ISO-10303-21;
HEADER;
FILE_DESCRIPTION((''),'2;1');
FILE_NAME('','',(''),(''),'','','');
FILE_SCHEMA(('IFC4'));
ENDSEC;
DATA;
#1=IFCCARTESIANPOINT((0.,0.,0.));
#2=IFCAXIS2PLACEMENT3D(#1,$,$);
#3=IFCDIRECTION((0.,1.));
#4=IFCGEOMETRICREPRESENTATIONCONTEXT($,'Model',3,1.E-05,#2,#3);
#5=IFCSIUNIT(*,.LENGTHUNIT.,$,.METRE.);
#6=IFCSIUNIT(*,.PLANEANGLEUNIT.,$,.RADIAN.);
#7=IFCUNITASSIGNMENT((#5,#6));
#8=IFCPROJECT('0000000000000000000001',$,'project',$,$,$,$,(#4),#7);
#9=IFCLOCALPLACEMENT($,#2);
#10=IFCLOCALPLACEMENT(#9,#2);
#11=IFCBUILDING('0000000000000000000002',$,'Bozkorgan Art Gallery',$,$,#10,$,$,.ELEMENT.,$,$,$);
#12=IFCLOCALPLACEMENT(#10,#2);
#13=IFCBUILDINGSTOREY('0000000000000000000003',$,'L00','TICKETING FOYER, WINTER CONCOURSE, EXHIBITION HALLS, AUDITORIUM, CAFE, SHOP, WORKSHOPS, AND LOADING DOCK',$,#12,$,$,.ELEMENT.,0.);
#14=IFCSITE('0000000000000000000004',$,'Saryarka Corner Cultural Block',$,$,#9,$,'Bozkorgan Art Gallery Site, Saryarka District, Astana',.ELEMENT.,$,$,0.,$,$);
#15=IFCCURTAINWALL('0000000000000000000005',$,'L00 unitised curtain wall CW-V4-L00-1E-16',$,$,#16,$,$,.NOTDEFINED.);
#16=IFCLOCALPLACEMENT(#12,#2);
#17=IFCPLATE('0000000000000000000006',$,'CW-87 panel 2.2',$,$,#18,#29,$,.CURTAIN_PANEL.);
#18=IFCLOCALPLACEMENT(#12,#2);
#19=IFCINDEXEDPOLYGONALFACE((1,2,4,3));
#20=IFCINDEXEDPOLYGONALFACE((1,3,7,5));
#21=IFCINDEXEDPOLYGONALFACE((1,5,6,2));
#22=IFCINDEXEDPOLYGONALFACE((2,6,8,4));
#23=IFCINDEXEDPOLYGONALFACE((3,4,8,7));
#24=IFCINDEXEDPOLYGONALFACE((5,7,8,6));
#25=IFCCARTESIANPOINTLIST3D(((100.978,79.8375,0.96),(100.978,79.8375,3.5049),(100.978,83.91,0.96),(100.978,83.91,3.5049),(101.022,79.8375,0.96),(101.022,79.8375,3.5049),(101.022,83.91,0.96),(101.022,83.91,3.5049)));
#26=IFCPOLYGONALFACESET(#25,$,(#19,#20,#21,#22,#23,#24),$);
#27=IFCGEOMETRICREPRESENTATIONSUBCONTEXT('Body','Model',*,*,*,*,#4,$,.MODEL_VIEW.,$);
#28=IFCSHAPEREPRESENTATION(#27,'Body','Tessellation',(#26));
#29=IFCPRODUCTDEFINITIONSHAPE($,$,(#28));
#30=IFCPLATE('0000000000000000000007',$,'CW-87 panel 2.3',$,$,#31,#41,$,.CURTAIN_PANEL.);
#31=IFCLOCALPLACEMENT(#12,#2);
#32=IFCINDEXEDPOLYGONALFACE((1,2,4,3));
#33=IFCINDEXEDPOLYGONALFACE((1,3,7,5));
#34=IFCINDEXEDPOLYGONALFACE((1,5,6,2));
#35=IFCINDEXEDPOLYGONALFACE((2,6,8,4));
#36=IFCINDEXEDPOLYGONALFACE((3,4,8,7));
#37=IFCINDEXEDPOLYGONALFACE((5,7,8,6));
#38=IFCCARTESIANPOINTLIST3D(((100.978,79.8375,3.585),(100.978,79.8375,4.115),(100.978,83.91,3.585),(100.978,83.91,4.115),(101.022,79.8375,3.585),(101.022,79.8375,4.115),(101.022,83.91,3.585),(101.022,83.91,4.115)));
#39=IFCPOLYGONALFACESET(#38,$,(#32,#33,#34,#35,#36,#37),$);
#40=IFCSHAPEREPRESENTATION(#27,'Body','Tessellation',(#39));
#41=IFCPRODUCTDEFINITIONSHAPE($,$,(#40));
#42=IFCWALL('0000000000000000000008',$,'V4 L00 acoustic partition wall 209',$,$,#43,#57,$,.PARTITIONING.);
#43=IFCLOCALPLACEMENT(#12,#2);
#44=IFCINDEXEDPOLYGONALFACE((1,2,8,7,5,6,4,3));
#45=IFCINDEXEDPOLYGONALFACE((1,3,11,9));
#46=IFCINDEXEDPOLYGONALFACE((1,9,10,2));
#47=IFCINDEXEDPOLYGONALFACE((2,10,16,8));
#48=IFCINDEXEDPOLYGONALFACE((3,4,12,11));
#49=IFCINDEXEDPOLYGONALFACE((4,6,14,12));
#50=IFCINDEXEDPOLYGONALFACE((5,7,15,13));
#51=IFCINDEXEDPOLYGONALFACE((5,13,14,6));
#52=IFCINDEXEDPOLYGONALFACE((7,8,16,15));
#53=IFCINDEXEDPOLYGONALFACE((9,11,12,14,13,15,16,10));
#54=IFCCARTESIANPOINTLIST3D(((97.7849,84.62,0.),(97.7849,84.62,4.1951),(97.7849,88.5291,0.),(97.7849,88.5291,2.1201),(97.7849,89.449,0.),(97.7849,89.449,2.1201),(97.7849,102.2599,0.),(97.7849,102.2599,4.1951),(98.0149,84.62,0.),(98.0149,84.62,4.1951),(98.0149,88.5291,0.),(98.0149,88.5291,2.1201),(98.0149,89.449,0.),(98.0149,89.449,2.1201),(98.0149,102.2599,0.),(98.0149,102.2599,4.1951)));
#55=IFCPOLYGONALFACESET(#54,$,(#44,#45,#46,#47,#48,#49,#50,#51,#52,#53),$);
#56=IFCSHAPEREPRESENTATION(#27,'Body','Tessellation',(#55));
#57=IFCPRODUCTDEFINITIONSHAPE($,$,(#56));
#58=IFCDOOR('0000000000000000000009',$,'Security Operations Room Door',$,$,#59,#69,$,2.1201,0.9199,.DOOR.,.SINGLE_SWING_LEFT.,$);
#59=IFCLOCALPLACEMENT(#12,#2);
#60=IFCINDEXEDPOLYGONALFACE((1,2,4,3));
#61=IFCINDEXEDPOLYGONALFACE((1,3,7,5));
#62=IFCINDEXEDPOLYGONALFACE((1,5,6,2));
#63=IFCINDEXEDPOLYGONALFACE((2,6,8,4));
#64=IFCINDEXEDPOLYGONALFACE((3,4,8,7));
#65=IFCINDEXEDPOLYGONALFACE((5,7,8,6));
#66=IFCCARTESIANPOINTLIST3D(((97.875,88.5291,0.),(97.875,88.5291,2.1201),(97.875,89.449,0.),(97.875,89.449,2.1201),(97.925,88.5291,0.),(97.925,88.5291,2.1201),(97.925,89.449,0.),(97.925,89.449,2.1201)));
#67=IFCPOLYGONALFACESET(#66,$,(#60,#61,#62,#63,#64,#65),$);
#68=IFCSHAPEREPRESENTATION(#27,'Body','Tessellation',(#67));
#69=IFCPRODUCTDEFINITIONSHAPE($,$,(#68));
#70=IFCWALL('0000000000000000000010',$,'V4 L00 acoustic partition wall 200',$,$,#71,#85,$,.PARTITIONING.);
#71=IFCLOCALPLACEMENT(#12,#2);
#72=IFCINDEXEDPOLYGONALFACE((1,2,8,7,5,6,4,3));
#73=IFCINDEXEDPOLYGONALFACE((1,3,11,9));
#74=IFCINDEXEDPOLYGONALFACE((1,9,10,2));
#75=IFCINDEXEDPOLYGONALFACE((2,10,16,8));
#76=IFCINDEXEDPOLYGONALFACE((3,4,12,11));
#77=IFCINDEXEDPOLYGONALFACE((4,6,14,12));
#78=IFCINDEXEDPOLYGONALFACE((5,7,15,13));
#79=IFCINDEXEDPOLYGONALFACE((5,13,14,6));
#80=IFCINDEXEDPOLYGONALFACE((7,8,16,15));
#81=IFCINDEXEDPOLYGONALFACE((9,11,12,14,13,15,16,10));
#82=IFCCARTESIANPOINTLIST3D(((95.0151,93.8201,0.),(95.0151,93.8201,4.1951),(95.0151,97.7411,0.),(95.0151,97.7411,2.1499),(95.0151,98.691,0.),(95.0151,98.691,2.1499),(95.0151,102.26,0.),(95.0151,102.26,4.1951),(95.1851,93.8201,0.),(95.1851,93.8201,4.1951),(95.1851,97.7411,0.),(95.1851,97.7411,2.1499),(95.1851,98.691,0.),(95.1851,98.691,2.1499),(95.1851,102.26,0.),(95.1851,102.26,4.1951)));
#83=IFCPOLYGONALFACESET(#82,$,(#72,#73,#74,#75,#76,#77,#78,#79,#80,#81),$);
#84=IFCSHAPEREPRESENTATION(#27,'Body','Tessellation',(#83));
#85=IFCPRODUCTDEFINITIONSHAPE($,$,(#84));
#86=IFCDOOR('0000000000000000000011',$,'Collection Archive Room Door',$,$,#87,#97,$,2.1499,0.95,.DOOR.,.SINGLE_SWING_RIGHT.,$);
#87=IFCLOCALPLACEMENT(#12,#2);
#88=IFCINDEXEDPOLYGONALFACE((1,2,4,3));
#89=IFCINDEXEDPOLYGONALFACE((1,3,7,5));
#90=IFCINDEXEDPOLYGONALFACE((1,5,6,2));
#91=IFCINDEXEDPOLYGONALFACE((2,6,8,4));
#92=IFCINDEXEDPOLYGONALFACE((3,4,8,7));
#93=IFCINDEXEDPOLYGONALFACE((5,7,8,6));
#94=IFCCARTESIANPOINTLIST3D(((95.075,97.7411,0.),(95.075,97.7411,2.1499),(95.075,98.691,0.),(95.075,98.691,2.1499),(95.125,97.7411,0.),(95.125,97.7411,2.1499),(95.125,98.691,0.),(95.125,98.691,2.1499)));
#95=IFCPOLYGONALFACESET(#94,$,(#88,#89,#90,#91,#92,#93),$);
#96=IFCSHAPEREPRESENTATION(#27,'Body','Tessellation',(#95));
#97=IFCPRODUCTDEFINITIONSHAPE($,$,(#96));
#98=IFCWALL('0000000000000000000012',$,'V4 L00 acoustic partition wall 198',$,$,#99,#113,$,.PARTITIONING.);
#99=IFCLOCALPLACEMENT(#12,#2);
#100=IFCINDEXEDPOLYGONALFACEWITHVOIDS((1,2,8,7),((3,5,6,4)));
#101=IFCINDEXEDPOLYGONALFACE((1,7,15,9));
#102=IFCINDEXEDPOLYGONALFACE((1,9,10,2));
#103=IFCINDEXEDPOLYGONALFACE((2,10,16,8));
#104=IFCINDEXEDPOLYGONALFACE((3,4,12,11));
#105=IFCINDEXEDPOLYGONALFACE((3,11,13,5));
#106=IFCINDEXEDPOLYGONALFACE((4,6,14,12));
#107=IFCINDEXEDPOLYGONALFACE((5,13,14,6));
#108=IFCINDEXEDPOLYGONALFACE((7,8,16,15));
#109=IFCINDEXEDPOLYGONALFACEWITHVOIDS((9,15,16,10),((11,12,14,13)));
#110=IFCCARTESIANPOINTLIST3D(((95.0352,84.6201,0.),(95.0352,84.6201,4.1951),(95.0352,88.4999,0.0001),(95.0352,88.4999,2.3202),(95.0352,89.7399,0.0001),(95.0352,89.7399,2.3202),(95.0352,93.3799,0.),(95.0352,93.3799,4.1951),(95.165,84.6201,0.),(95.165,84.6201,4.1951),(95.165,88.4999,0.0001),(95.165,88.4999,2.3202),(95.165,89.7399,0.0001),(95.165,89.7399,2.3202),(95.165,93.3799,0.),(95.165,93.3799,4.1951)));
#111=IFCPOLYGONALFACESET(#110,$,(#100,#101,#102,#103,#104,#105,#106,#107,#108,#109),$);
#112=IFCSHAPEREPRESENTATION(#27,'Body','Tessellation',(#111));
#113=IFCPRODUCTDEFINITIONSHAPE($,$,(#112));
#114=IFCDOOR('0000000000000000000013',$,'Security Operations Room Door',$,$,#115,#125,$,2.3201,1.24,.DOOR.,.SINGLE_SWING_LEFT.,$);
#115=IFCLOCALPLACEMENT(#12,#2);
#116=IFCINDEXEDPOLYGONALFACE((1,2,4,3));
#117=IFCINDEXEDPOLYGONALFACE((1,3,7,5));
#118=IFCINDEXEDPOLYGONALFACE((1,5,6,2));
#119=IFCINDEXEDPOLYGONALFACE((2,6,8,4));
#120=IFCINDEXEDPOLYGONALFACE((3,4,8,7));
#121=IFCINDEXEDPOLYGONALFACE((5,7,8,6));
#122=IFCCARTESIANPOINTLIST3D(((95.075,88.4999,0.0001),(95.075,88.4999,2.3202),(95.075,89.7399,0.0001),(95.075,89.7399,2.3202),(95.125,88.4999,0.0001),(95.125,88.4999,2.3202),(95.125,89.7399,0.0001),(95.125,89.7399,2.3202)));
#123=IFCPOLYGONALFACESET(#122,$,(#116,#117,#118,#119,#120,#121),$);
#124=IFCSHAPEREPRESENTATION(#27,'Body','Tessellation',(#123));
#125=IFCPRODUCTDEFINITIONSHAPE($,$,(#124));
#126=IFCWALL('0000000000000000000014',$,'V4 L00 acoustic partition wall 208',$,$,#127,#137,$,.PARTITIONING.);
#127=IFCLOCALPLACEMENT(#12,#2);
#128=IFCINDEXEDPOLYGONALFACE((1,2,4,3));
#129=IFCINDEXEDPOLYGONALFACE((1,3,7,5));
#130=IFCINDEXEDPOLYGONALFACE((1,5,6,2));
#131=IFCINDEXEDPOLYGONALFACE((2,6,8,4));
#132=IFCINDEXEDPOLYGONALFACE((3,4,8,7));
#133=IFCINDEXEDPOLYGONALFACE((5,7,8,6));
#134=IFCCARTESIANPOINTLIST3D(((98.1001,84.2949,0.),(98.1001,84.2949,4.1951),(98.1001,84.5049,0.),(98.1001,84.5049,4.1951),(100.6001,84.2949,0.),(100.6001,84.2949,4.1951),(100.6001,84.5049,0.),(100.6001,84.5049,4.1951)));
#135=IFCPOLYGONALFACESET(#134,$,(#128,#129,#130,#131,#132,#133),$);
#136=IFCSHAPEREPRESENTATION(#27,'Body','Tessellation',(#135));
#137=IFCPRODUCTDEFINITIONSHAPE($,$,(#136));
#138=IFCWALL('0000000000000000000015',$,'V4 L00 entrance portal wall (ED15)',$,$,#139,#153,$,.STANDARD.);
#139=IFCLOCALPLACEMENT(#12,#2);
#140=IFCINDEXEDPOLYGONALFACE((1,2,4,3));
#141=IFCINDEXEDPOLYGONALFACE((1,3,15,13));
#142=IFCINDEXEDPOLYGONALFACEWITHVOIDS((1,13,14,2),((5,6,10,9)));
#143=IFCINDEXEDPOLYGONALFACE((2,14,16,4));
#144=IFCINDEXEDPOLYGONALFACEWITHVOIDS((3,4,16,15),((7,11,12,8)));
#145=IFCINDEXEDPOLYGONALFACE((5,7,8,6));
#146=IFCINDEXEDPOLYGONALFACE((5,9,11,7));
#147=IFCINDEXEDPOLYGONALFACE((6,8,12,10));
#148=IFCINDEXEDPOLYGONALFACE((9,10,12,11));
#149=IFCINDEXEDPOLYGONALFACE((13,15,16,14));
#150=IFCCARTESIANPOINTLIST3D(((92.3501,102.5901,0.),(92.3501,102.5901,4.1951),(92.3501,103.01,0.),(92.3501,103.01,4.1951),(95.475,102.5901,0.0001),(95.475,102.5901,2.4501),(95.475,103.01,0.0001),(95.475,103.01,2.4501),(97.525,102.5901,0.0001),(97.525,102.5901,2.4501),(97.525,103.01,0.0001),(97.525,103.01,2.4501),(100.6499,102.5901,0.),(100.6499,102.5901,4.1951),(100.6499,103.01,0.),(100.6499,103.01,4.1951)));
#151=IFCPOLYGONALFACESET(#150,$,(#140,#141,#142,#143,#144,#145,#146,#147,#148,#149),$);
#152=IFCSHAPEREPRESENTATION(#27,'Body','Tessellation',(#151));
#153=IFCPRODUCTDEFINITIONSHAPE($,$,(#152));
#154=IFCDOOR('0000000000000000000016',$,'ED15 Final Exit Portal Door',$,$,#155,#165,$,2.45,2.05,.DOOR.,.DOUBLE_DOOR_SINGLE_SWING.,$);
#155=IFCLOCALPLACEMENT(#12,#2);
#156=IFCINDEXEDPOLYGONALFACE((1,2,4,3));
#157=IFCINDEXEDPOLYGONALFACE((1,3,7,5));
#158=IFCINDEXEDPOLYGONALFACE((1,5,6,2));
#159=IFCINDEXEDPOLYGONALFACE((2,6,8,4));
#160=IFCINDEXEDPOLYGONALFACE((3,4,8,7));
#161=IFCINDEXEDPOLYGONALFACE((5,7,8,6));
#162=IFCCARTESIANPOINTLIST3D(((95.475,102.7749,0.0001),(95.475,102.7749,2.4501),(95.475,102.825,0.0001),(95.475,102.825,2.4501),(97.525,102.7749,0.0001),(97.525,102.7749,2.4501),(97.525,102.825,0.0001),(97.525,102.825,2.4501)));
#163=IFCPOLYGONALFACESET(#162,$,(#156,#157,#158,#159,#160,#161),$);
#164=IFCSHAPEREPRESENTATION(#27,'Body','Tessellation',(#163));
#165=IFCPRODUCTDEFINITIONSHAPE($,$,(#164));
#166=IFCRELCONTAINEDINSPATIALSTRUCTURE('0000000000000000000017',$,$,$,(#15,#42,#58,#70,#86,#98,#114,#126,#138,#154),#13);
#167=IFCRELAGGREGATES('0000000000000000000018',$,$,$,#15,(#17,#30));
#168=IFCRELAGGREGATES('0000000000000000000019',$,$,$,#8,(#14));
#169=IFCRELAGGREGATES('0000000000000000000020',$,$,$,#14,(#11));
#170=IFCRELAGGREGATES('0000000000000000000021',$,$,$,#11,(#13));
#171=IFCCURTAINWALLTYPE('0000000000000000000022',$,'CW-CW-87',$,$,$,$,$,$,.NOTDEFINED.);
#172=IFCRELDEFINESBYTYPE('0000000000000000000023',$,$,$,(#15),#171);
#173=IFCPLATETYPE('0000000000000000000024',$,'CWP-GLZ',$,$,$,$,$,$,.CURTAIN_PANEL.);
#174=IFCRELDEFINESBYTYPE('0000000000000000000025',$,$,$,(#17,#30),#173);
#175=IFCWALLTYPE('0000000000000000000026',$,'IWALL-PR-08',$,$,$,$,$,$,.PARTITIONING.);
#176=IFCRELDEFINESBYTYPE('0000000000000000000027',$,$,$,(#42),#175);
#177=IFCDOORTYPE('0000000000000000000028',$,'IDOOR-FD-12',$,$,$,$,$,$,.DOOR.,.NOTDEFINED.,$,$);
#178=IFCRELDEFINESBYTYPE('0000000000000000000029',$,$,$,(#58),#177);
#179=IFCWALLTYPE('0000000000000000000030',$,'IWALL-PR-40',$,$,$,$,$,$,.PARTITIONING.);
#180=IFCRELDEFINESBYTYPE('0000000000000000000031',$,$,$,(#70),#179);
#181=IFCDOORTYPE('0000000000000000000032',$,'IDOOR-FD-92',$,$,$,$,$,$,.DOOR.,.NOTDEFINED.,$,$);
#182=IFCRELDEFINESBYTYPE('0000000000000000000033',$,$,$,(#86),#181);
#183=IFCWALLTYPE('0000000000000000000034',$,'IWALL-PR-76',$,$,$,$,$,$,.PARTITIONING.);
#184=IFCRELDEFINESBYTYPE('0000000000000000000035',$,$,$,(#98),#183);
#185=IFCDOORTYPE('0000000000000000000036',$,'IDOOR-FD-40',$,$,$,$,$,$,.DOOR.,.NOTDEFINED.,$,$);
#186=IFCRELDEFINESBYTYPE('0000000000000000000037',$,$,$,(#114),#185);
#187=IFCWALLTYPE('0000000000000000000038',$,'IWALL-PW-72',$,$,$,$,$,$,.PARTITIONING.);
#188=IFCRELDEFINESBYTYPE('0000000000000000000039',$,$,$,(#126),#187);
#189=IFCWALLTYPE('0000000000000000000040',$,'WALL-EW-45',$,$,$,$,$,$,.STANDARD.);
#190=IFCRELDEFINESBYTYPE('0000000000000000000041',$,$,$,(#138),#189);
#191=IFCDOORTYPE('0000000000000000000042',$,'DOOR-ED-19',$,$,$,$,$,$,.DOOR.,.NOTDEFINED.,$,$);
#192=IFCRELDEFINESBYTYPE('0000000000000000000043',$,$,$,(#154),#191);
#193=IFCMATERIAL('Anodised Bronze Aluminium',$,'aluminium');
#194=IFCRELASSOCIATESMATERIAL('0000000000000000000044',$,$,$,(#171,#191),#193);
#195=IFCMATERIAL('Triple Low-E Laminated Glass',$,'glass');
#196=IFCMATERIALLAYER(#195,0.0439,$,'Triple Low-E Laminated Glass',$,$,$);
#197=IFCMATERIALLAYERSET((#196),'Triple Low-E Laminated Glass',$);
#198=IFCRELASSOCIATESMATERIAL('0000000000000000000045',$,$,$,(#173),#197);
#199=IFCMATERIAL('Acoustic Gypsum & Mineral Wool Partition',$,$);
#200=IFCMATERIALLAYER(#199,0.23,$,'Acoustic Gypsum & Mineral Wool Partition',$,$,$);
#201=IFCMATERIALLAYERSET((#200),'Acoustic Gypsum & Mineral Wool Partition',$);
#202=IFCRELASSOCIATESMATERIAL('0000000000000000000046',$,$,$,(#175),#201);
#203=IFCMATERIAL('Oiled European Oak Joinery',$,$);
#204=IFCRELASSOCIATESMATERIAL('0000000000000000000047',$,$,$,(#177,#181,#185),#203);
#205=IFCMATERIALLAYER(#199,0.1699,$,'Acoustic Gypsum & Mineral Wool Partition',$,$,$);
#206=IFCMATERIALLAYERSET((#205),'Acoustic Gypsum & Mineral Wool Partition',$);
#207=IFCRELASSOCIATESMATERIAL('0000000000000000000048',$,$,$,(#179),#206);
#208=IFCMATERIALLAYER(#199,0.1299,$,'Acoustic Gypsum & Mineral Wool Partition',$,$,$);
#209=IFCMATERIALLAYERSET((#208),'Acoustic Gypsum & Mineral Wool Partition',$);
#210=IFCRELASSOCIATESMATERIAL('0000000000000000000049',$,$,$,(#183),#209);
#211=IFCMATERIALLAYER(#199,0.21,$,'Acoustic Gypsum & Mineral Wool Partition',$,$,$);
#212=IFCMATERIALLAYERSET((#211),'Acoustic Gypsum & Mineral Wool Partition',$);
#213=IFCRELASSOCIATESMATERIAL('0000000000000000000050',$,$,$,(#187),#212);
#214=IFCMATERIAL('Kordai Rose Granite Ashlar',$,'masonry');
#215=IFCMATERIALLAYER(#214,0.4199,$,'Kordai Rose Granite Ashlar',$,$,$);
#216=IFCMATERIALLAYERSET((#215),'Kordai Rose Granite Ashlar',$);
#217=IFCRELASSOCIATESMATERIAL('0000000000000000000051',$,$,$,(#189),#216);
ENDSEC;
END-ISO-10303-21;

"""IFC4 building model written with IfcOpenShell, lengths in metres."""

from ifc_helpers import new_model, si_unit, direction, frame, frame_2d, origin, origin_2d, place, context, subcontext, project, spatial, rectangle, extrude, material, layer, layer_set, type_object, element, fill, aggregate, save


model = new_model("IFC4")

# Units and contexts
model_context = context("Model", 3, precision=1e-05, world=origin(), true_north=direction((0.0, 1.0)))
body_context = subcontext(model_context, "Body", "Model", "MODEL_VIEW")
ifc_project = project(units=[si_unit("LENGTHUNIT", "METRE"), si_unit("PLANEANGLEUNIT", "RADIAN")], contexts=[model_context])

# Site, building, storey
site_placement = place(None, origin())
site = spatial("IfcSite", under=ifc_project, at=site_placement, Name="Saryarka Corner Cultural Block", LongName="Bozkorgan Art Gallery Site, Saryarka District, Astana", CompositionType="ELEMENT", RefElevation=0.0)
building_placement = place(site_placement, origin())
building = spatial("IfcBuilding", under=site, at=building_placement, Name="Bozkorgan Art Gallery", CompositionType="ELEMENT")
storey_placement = place(building_placement, origin())
storey = spatial("IfcBuildingStorey", under=building, at=storey_placement, Name="L00", Description="TICKETING FOYER, WINTER CONCOURSE, EXHIBITION HALLS, AUDITORIUM, CAFE, SHOP, WORKSHOPS, AND LOADING DOCK", CompositionType="ELEMENT", Elevation=0.0)

# Curtain wall, plates
ifc_material_1 = material(Name="Anodised Bronze Aluminium", Category="aluminium")
curtain_wall_type = type_object("IfcCurtainWallType", Name="CW-CW-87", PredefinedType="NOTDEFINED", material=ifc_material_1)
curtain_wall_placement = place(storey_placement, origin())
curtain_wall = element("IfcCurtainWall", 1, at=curtain_wall_placement, inside=storey, type_object=curtain_wall_type, Name="L00 unitised curtain wall CW-V4-L00-1E-16", PredefinedType="NOTDEFINED")
ifc_material_2 = material(Name="Triple Low-E Laminated Glass", Category="glass")
ifc_layer_1 = layer(ifc_material_2, 0.0439, Name="Triple Low-E Laminated Glass")
ifc_layer_set_1 = layer_set([ifc_layer_1], Name="Triple Low-E Laminated Glass")
plate_type = type_object("IfcPlateType", Name="CWP-GLZ", PredefinedType="CURTAIN_PANEL", material=ifc_layer_set_1)
plate_1_placement = place(storey_placement, frame((101.0, 81.8738, 0.96), z_axis=(0.0, 0.0, 1.0), x_axis=(0.0, 1.0, 0.0)))
plate_1 = element("IfcPlate", 2, at=plate_1_placement, type_object=plate_type, Name="CW-87 panel 2.2", PredefinedType="CURTAIN_PANEL", context=body_context, shape_type="SweptSolid", body=[
    extrude(rectangle(XDim=4.0725, YDim=0.0439, at=origin_2d()), origin(), (0.0, 0.0, 1.0), 2.5449),
])
plate_2_placement = place(storey_placement, frame((101.0, 81.8738, 3.585), z_axis=(0.0, 0.0, 1.0), x_axis=(0.0, 1.0, 0.0)))
plate_2 = element("IfcPlate", 3, at=plate_2_placement, type_object=plate_type, Name="CW-87 panel 2.3", PredefinedType="CURTAIN_PANEL", context=body_context, shape_type="SweptSolid", body=[
    extrude(rectangle(XDim=4.0725, YDim=0.0439, at=origin_2d()), origin(), (0.0, 0.0, 1.0), 0.53),
])
aggregate(curtain_wall, [plate_1, plate_2])

# Walls, openings, doors
ifc_material_3 = material(Name="Acoustic Gypsum & Mineral Wool Partition")
ifc_layer_2 = layer(ifc_material_3, 0.23, Name="Acoustic Gypsum & Mineral Wool Partition")
ifc_layer_set_2 = layer_set([ifc_layer_2], Name="Acoustic Gypsum & Mineral Wool Partition")
wall_type_1 = type_object("IfcWallType", Name="IWALL-PR-08", PredefinedType="PARTITIONING", material=ifc_layer_set_2)
wall_1_placement = place(storey_placement, frame((97.8999, 84.6201, 0.0), z_axis=(0.0, 0.0, 1.0), x_axis=(0.0, 1.0, 0.0)))
wall_1 = element("IfcWall", 4, at=wall_1_placement, inside=storey, type_object=wall_type_1, Name="V4 L00 acoustic partition wall 209", PredefinedType="PARTITIONING", context=body_context, shape_type="SweptSolid", body=[
    extrude(rectangle(XDim=17.6399, YDim=0.23, at=frame_2d((8.8198, 0.0))), origin(), (0.0, 0.0, 1.0), 4.1951),
])
opening_1_placement = place(wall_1_placement, frame((3.9089, 0.0, 0.0)))
opening_1 = element("IfcOpeningElement", 5, at=opening_1_placement, cuts=wall_1, PredefinedType="OPENING", context=body_context, shape_type="SweptSolid", body=[
    extrude(rectangle(XDim=0.9199, YDim=2.1201, at=frame_2d((0.46, 1.0601))), frame((0.0, 0.125, 0.0), z_axis=(0.0, -1.0, 0.0), x_axis=(1.0, 0.0, 0.0)), (0.0, 0.0, 1.0), 0.25),
])
ifc_material_4 = material(Name="Oiled European Oak Joinery")
door_type_1 = type_object("IfcDoorType", Name="IDOOR-FD-12", OperationType="NOTDEFINED", PredefinedType="DOOR", material=ifc_material_4)
door_1_placement = place(opening_1_placement, origin())
door_1 = element("IfcDoor", 6, at=door_1_placement, inside=storey, type_object=door_type_1, Name="Security Operations Room Door", OperationType="SINGLE_SWING_LEFT", OverallHeight=2.1201, OverallWidth=0.9199, PredefinedType="DOOR", context=body_context, shape_type="SweptSolid", body=[
    extrude(rectangle(XDim=0.9199, YDim=2.1201, at=frame_2d((0.46, 1.0601))), frame((0.0, 0.0249, 0.0), z_axis=(0.0, -1.0, 0.0), x_axis=(1.0, 0.0, 0.0)), (0.0, 0.0, 1.0), 0.05),
])
fill(opening_1, door_1)
ifc_layer_3 = layer(ifc_material_3, 0.1699, Name="Acoustic Gypsum & Mineral Wool Partition")
ifc_layer_set_3 = layer_set([ifc_layer_3], Name="Acoustic Gypsum & Mineral Wool Partition")
wall_type_2 = type_object("IfcWallType", Name="IWALL-PR-40", PredefinedType="PARTITIONING", material=ifc_layer_set_3)
wall_2_placement = place(storey_placement, frame((95.1001, 93.8201, 0.0), z_axis=(0.0, 0.0, 1.0), x_axis=(0.0, 1.0, 0.0)))
wall_2 = element("IfcWall", 7, at=wall_2_placement, inside=storey, type_object=wall_type_2, Name="V4 L00 acoustic partition wall 200", PredefinedType="PARTITIONING", context=body_context, shape_type="SweptSolid", body=[
    extrude(rectangle(XDim=8.4399, YDim=0.1699, at=frame_2d((4.22, 0.0))), origin(), (0.0, 0.0, 1.0), 4.1951),
])
opening_2_placement = place(wall_2_placement, frame((4.8711, 0.0, 0.0), z_axis=(0.0, 0.0, 1.0), x_axis=(-1.0, 0.0, 0.0)))
opening_2 = element("IfcOpeningElement", 8, at=opening_2_placement, cuts=wall_2, PredefinedType="OPENING", context=body_context, shape_type="SweptSolid", body=[
    extrude(rectangle(XDim=0.95, YDim=2.1499, at=frame_2d((0.4751, 1.075))), frame((0.0, 0.095, 0.0), z_axis=(0.0, -1.0, 0.0), x_axis=(1.0, 0.0, 0.0)), (0.0, 0.0, 1.0), 0.1899),
])
door_type_2 = type_object("IfcDoorType", Name="IDOOR-FD-92", OperationType="NOTDEFINED", PredefinedType="DOOR", material=ifc_material_4)
door_2_placement = place(opening_2_placement, origin())
door_2 = element("IfcDoor", 9, at=door_2_placement, inside=storey, type_object=door_type_2, Name="Collection Archive Room Door", OperationType="SINGLE_SWING_RIGHT", OverallHeight=2.1499, OverallWidth=0.95, PredefinedType="DOOR", context=body_context, shape_type="SweptSolid", body=[
    extrude(rectangle(XDim=0.95, YDim=2.1499, at=frame_2d((0.4751, 1.075))), frame((0.0, 0.0249, 0.0), z_axis=(0.0, -1.0, 0.0), x_axis=(1.0, 0.0, 0.0)), (0.0, 0.0, 1.0), 0.05),
])
fill(opening_2, door_2)
ifc_layer_4 = layer(ifc_material_3, 0.1299, Name="Acoustic Gypsum & Mineral Wool Partition")
ifc_layer_set_4 = layer_set([ifc_layer_4], Name="Acoustic Gypsum & Mineral Wool Partition")
wall_type_3 = type_object("IfcWallType", Name="IWALL-PR-76", PredefinedType="PARTITIONING", material=ifc_layer_set_4)
wall_3_placement = place(storey_placement, frame((95.1001, 84.6201, 0.0), z_axis=(0.0, 0.0, 1.0), x_axis=(0.0, 1.0, 0.0)))
wall_3 = element("IfcWall", 10, at=wall_3_placement, inside=storey, type_object=wall_type_3, Name="V4 L00 acoustic partition wall 198", PredefinedType="PARTITIONING", context=body_context, shape_type="SweptSolid", body=[
    extrude(rectangle(XDim=8.7598, YDim=0.1299, at=frame_2d((4.3799, 0.0))), origin(), (0.0, 0.0, 1.0), 4.1951),
])
opening_3_placement = place(wall_3_placement, frame((5.1199, 0.0, 0.0), z_axis=(0.0, 0.0, 1.0), x_axis=(-1.0, 0.0, 0.0)))
opening_3 = element("IfcOpeningElement", 11, at=opening_3_placement, cuts=wall_3, PredefinedType="OPENING", context=body_context, shape_type="SweptSolid", body=[
    extrude(rectangle(XDim=1.24, YDim=2.3201, at=frame_2d((0.6201, 1.1602))), frame((0.0, 0.075, 0.0), z_axis=(0.0, -1.0, 0.0), x_axis=(1.0, 0.0, 0.0)), (0.0, 0.0, 1.0), 0.1499),
])
door_type_3 = type_object("IfcDoorType", Name="IDOOR-FD-40", OperationType="NOTDEFINED", PredefinedType="DOOR", material=ifc_material_4)
door_3_placement = place(opening_3_placement, origin())
door_3 = element("IfcDoor", 12, at=door_3_placement, inside=storey, type_object=door_type_3, Name="Security Operations Room Door", OperationType="SINGLE_SWING_LEFT", OverallHeight=2.3201, OverallWidth=1.24, PredefinedType="DOOR", context=body_context, shape_type="SweptSolid", body=[
    extrude(rectangle(XDim=1.24, YDim=2.3201, at=frame_2d((0.6201, 1.1602))), frame((0.0, 0.0249, 0.0), z_axis=(0.0, -1.0, 0.0), x_axis=(1.0, 0.0, 0.0)), (0.0, 0.0, 1.0), 0.05),
])
fill(opening_3, door_3)

# Wall
ifc_layer_5 = layer(ifc_material_3, 0.21, Name="Acoustic Gypsum & Mineral Wool Partition")
ifc_layer_set_5 = layer_set([ifc_layer_5], Name="Acoustic Gypsum & Mineral Wool Partition")
wall_type_4 = type_object("IfcWallType", Name="IWALL-PW-72", PredefinedType="PARTITIONING", material=ifc_layer_set_5)
wall_4_placement = place(storey_placement, frame((98.1001, 84.3999, 0.0), z_axis=(0.0, 0.0, 1.0), x_axis=(1.0, 0.0, 0.0)))
element("IfcWall", 13, at=wall_4_placement, inside=storey, type_object=wall_type_4, Name="V4 L00 acoustic partition wall 208", PredefinedType="PARTITIONING", context=body_context, shape_type="SweptSolid", body=[
    extrude(rectangle(XDim=2.5, YDim=0.21, at=frame_2d((1.25, 0.0))), origin(), (0.0, 0.0, 1.0), 4.1951),
])

# Wall, opening, door
ifc_material_5 = material(Name="Kordai Rose Granite Ashlar", Category="masonry")
ifc_layer_6 = layer(ifc_material_5, 0.4199, Name="Kordai Rose Granite Ashlar")
ifc_layer_set_6 = layer_set([ifc_layer_6], Name="Kordai Rose Granite Ashlar")
wall_type_5 = type_object("IfcWallType", Name="WALL-EW-45", PredefinedType="STANDARD", material=ifc_layer_set_6)
wall_5_placement = place(storey_placement, frame((92.3501, 102.8, 0.0), z_axis=(0.0, 0.0, 1.0), x_axis=(1.0, 0.0, 0.0)))
wall_5 = element("IfcWall", 14, at=wall_5_placement, inside=storey, type_object=wall_type_5, Name="V4 L00 entrance portal wall (ED15)", PredefinedType="STANDARD", context=body_context, shape_type="SweptSolid", body=[
    extrude(rectangle(XDim=8.2998, YDim=0.4199, at=frame_2d((4.1499, 0.0))), origin(), (0.0, 0.0, 1.0), 4.1951),
])
opening_4_placement = place(wall_5_placement, frame((3.125, 0.0, 0.0)))
opening_4 = element("IfcOpeningElement", 15, at=opening_4_placement, cuts=wall_5, PredefinedType="OPENING", context=body_context, shape_type="SweptSolid", body=[
    extrude(rectangle(XDim=2.05, YDim=2.45, at=frame_2d((1.0249, 1.2251))), frame((0.0, 0.22, 0.0), z_axis=(0.0, -1.0, 0.0), x_axis=(1.0, 0.0, 0.0)), (0.0, 0.0, 1.0), 0.4399),
])
door_type_4 = type_object("IfcDoorType", Name="DOOR-ED-19", OperationType="NOTDEFINED", PredefinedType="DOOR", material=ifc_material_1)
door_4_placement = place(opening_4_placement, origin())
door_4 = element("IfcDoor", 16, at=door_4_placement, inside=storey, type_object=door_type_4, Name="ED15 Final Exit Portal Door", OperationType="DOUBLE_DOOR_SINGLE_SWING", OverallHeight=2.45, OverallWidth=2.05, PredefinedType="DOOR", context=body_context, shape_type="SweptSolid", body=[
    extrude(rectangle(XDim=2.05, YDim=2.45, at=frame_2d((1.0249, 1.2251))), frame((0.0, 0.0249, 0.0), z_axis=(0.0, -1.0, 0.0), x_axis=(1.0, 0.0, 0.0)), (0.0, 0.0, 1.0), 0.05),
])
fill(opening_4, door_4)

save(model, "model.ifc")
